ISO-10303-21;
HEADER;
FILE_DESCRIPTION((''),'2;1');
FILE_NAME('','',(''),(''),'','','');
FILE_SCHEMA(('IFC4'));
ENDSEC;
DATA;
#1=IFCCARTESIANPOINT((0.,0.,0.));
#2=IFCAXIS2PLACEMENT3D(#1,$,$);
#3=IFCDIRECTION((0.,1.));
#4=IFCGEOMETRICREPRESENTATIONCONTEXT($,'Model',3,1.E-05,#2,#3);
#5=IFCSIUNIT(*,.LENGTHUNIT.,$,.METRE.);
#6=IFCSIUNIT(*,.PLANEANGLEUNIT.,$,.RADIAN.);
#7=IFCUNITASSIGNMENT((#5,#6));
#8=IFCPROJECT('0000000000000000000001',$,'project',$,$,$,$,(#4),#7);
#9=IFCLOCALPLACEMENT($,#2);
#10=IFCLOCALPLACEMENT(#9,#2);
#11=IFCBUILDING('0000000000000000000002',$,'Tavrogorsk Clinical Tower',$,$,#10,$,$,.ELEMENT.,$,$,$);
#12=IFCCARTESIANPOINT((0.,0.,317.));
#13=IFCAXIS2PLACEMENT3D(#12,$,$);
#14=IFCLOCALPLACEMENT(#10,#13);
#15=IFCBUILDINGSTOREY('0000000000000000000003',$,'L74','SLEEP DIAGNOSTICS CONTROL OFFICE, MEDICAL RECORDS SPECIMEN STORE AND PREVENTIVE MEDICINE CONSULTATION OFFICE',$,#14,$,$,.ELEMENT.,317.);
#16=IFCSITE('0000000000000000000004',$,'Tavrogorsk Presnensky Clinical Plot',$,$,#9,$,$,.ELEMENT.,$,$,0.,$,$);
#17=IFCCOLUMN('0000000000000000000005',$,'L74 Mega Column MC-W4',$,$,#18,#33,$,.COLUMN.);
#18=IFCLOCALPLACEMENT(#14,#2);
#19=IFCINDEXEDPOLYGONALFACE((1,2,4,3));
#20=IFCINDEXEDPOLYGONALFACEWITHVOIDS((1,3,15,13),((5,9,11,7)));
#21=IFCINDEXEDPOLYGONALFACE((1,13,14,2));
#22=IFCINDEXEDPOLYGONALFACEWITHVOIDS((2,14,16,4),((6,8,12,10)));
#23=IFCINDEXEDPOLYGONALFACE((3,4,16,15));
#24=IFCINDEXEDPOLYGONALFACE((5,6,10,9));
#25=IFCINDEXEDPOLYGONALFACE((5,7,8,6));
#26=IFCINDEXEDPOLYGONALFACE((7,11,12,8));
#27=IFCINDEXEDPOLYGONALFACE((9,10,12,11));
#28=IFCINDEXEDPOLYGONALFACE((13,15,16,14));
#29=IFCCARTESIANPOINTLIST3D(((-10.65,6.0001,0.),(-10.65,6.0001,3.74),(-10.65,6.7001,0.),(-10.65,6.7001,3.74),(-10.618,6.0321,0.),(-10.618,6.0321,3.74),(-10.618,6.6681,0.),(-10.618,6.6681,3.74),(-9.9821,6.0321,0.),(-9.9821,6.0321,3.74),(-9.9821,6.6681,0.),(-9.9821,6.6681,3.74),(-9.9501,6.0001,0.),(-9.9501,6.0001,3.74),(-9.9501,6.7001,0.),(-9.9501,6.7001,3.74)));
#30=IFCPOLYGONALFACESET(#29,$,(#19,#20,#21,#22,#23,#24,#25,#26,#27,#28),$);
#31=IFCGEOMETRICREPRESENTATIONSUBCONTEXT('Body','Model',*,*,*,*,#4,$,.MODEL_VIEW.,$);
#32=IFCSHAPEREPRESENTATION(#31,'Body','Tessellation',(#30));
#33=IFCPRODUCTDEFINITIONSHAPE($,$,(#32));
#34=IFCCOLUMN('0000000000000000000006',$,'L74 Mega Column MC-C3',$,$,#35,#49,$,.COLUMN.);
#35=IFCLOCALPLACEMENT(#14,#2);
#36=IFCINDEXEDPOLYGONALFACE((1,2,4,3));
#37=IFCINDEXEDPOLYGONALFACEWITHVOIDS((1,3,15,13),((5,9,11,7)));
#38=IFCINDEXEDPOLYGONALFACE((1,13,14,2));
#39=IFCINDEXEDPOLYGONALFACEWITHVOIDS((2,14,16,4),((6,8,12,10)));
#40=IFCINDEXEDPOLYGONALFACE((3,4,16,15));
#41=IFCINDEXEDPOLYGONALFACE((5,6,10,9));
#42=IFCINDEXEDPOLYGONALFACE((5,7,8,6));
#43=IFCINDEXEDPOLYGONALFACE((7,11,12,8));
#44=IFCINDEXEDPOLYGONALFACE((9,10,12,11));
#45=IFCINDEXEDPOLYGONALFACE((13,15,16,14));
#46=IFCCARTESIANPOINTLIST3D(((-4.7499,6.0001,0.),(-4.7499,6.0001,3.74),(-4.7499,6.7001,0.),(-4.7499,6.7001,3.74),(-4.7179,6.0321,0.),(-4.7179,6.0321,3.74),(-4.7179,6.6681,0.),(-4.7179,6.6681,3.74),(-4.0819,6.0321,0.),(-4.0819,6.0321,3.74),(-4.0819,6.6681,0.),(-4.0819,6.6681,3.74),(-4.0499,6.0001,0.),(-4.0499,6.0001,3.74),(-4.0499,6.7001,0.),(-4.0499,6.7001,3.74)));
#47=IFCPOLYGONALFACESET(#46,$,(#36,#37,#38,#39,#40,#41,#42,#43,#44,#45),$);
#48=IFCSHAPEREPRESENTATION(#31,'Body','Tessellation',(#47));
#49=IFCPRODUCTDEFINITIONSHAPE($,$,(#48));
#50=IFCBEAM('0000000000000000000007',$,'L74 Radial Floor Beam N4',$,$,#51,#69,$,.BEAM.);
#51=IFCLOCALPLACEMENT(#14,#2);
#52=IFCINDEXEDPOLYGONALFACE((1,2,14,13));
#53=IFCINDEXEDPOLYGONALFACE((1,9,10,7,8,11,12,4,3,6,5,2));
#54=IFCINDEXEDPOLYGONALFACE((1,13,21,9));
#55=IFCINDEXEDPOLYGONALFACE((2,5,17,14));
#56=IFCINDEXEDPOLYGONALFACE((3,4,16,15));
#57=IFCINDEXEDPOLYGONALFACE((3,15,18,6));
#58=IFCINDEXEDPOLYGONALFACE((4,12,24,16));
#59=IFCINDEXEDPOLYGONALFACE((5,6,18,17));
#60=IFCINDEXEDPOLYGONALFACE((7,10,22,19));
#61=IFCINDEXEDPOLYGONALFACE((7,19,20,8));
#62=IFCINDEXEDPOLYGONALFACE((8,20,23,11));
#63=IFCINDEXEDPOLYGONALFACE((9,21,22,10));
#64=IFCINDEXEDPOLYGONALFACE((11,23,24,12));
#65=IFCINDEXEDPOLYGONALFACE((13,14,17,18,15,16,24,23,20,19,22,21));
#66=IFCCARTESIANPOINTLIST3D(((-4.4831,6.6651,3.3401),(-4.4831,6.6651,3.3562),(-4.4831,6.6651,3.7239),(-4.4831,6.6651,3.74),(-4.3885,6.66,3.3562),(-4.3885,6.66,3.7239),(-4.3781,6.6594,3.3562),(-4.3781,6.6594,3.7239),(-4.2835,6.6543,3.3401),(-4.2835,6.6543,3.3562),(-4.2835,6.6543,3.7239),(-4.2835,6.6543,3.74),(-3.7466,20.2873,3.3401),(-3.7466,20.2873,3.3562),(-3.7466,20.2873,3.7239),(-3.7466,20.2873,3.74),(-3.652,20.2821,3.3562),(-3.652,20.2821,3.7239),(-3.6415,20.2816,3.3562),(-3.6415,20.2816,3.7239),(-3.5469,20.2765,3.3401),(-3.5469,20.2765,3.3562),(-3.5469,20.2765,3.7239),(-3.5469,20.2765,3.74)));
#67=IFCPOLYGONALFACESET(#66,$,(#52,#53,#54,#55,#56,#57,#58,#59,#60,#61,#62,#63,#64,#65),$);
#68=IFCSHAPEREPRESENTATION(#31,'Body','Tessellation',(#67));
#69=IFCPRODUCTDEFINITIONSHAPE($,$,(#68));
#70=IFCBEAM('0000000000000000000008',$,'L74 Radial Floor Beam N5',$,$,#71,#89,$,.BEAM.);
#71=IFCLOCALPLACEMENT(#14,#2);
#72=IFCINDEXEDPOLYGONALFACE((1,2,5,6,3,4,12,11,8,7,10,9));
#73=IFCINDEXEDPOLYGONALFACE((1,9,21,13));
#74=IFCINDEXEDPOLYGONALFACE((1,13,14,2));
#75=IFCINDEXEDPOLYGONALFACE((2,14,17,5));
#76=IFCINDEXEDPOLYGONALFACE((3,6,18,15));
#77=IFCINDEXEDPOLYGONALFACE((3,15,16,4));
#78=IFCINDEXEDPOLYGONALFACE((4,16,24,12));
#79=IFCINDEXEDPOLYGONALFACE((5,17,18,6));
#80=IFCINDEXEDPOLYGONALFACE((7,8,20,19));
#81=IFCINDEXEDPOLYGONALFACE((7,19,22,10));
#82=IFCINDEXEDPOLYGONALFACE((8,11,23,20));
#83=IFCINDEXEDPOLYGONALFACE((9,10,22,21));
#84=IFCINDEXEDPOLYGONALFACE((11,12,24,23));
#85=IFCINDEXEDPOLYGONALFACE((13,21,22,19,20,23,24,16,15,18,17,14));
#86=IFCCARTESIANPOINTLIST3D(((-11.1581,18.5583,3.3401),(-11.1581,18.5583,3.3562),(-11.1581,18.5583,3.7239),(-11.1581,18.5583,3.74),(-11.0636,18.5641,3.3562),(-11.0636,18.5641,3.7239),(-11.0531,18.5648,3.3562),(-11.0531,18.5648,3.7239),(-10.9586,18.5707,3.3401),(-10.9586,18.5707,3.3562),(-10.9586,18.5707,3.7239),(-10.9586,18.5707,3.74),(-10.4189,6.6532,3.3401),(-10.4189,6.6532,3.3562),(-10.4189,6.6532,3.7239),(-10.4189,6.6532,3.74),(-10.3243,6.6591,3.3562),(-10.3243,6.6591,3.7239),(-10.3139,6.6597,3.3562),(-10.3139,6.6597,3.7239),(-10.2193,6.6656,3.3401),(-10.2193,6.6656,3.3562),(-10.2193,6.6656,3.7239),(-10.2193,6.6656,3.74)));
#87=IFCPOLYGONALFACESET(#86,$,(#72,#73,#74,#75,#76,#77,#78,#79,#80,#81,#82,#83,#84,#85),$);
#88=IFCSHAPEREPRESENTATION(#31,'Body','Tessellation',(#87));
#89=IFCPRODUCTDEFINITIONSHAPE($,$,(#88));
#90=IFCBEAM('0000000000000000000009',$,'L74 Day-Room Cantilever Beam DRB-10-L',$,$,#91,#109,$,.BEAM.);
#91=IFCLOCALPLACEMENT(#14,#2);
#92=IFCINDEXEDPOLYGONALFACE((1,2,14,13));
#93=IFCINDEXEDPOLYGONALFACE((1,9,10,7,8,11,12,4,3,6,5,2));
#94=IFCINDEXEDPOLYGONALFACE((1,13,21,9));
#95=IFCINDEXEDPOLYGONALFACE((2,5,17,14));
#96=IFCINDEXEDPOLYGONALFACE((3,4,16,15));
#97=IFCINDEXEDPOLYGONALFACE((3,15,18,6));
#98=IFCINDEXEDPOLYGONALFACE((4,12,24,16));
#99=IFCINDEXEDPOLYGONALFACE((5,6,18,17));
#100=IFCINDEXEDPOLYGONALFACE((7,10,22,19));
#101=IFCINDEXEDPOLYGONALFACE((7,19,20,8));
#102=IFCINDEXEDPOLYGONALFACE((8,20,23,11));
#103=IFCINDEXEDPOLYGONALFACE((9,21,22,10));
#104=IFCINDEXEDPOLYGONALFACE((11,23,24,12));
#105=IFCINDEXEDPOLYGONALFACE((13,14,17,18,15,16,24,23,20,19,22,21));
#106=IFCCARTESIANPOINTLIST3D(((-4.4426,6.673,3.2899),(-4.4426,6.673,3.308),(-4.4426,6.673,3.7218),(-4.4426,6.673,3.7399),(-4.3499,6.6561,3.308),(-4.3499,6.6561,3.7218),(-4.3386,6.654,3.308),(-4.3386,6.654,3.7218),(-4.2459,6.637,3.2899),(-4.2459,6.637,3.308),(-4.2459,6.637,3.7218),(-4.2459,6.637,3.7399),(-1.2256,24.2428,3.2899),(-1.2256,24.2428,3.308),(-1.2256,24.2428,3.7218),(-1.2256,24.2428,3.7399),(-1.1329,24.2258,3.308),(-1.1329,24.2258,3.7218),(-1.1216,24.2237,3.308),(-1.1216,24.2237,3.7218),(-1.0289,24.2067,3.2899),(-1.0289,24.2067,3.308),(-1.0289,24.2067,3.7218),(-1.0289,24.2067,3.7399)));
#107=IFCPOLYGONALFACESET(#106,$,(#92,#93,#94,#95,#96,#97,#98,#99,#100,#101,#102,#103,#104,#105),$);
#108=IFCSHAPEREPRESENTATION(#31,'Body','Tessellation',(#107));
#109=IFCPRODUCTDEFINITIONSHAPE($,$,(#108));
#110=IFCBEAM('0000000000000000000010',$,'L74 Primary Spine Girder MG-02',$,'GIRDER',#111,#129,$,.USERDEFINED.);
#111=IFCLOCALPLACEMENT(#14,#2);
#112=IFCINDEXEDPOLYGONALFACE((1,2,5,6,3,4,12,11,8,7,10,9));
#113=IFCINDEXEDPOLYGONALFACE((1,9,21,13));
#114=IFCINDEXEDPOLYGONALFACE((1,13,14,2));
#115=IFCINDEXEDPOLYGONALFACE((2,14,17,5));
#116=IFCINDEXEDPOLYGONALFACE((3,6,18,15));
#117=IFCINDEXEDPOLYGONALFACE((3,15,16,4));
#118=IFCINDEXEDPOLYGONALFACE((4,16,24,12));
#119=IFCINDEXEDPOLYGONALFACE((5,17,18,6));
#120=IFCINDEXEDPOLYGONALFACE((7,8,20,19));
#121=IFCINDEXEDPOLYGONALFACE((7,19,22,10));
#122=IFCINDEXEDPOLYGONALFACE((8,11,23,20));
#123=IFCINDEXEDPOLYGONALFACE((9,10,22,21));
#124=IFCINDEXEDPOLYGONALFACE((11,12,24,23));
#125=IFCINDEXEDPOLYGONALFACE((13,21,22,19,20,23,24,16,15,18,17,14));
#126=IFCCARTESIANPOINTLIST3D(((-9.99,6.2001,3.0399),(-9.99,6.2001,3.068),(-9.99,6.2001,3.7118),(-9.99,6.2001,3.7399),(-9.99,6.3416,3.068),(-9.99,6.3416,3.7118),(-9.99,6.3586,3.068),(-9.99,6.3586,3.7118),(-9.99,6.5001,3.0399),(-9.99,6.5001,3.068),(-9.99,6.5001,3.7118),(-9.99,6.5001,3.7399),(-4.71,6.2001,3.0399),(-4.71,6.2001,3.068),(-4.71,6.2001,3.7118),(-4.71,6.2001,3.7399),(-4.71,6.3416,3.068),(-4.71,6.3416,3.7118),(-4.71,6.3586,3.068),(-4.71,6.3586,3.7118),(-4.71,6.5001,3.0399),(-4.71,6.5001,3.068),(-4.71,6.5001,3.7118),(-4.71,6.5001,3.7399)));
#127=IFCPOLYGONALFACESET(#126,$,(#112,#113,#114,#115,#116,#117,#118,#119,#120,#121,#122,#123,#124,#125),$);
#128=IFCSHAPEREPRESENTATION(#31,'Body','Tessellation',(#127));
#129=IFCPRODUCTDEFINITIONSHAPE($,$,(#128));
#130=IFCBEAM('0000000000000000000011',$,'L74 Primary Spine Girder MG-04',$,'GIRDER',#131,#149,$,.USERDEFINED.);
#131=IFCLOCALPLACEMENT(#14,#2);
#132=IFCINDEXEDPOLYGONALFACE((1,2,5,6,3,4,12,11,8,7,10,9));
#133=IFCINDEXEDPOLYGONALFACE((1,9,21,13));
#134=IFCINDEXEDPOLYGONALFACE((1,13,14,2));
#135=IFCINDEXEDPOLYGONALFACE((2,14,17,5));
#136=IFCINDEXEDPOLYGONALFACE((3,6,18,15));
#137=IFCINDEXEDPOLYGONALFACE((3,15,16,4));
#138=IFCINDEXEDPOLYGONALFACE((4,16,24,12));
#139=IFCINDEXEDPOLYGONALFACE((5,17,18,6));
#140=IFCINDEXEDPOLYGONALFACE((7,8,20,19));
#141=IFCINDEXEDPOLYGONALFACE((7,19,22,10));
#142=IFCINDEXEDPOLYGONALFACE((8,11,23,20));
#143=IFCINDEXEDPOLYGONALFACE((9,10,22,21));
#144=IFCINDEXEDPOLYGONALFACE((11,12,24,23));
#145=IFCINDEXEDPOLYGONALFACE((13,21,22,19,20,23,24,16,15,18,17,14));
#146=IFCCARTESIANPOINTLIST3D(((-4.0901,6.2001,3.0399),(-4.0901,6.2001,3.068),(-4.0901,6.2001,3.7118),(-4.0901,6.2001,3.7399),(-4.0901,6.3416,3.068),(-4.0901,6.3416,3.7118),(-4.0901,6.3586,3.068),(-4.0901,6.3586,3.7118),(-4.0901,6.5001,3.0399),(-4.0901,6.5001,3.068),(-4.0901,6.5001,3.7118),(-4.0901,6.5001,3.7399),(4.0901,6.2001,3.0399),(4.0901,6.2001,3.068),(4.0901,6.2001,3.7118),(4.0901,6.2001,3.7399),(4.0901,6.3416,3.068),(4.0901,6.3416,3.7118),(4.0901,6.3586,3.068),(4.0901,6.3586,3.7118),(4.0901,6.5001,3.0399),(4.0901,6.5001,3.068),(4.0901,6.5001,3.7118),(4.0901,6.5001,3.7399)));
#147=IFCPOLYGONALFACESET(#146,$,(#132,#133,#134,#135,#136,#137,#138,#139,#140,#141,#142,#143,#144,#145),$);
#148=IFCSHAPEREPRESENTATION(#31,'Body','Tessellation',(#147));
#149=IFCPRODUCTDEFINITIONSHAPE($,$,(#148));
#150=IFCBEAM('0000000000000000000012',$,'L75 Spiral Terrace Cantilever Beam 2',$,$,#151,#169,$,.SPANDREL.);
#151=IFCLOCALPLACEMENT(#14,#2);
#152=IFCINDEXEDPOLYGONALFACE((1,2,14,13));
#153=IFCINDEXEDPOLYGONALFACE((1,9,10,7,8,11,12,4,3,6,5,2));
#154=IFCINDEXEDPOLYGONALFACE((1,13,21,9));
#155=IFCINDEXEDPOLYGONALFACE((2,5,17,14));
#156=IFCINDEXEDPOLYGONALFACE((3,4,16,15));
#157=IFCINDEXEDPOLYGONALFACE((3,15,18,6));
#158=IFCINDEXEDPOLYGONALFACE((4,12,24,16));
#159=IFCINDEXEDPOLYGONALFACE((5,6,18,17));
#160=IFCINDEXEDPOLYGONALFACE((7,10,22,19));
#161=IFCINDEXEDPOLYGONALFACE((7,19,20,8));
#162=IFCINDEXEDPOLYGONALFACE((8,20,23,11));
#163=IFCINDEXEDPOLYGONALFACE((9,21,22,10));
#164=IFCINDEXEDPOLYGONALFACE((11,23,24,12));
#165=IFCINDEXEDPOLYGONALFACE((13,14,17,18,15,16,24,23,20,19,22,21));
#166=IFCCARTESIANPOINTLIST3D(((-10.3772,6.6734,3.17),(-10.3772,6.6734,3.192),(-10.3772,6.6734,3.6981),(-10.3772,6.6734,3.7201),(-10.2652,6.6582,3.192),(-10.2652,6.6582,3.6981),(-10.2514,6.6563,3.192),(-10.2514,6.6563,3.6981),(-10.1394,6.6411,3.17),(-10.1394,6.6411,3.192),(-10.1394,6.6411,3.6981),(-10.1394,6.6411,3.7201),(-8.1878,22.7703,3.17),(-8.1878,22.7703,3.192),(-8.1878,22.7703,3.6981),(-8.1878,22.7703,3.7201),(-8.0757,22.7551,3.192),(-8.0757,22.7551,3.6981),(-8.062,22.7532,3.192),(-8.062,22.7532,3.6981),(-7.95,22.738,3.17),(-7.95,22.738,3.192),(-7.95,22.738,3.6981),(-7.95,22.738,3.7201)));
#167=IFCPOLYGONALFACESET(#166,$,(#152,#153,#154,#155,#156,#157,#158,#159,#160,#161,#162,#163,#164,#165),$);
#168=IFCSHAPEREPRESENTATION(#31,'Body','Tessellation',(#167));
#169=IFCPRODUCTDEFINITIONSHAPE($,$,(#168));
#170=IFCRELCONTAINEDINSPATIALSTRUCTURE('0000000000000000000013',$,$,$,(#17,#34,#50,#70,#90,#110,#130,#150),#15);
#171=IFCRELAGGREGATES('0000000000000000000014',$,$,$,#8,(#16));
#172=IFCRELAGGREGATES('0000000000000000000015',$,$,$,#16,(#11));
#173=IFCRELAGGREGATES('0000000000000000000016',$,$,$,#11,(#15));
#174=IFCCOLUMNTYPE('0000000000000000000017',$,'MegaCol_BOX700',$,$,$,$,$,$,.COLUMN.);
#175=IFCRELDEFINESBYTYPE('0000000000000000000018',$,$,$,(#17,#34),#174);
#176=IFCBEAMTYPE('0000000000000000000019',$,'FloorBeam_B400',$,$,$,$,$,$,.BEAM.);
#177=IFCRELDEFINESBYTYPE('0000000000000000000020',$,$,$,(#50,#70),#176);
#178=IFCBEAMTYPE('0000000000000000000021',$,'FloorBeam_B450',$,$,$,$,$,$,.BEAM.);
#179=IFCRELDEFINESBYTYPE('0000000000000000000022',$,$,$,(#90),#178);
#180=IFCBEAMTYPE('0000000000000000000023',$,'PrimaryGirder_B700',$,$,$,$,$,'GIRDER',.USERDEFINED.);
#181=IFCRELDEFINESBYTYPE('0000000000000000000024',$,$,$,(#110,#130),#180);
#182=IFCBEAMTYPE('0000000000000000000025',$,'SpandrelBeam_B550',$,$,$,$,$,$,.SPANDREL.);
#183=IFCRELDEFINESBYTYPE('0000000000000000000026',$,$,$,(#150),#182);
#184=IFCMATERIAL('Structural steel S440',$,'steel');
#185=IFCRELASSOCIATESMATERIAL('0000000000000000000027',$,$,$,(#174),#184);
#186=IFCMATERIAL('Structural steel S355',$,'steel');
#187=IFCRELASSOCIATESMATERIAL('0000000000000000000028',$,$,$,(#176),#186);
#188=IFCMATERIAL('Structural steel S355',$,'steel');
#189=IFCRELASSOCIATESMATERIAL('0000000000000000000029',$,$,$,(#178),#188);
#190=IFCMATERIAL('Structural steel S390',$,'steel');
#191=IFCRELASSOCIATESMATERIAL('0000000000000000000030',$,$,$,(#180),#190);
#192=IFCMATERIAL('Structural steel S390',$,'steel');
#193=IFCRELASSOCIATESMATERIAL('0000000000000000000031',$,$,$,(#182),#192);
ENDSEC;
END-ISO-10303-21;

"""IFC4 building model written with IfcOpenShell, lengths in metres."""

from ifc_helpers import new_model, si_unit, direction, frame, origin, origin_2d, place, context, subcontext, project, spatial, hollow_rectangle, i_section, extrude, material, material_profile, profile_set, type_object, element, save


model = new_model("IFC4")

# Units and contexts
model_context = context("Model", 3, precision=1e-05, world=origin(), true_north=direction((0.0, 1.0)))
body_context = subcontext(model_context, "Body", "Model", "MODEL_VIEW")
ifc_project = project(units=[si_unit("LENGTHUNIT", "METRE"), si_unit("PLANEANGLEUNIT", "RADIAN")], contexts=[model_context])

# Site, building, storey
site_placement = place(None, origin())
site = spatial("IfcSite", under=ifc_project, at=site_placement, Name="Tavrogorsk Presnensky Clinical Plot", CompositionType="ELEMENT", RefElevation=0.0)
building_placement = place(site_placement, origin())
building = spatial("IfcBuilding", under=site, at=building_placement, Name="Tavrogorsk Clinical Tower", CompositionType="ELEMENT")
storey_placement = place(building_placement, frame((0.0, 0.0, 317.0)))
storey = spatial("IfcBuildingStorey", under=building, at=storey_placement, Name="L74", Description="SLEEP DIAGNOSTICS CONTROL OFFICE, MEDICAL RECORDS SPECIMEN STORE AND PREVENTIVE MEDICINE CONSULTATION OFFICE", CompositionType="ELEMENT", Elevation=317.0)

# Columns
ifc_material_1 = material(Name="Structural steel S440", Category="steel")
ifc_material_profile_1 = material_profile(ifc_material_1, hollow_rectangle(XDim=0.7, YDim=0.7, WallThickness=0.032, at=origin_2d()), Name="BOX-700x700x32")
ifc_profile_set_1 = profile_set([ifc_material_profile_1], Name="Structural steel S440")
column_type = type_object("IfcColumnType", Name="MegaCol_BOX700", PredefinedType="COLUMN", material=ifc_profile_set_1)
for number, where, z_axis, x_axis, name in (
    (1, (-10.3, 6.3501, 0.0), (0.0, 0.0, 1.0), (1.0, 0.0, 0.0), "L74 Mega Column MC-W4"),
    (2, (-4.3999, 6.3501, 0.0), (0.0, 0.0, 1.0), (1.0, 0.0, 0.0), "L74 Mega Column MC-C3"),
):
    element("IfcColumn", number, at=place(storey_placement, frame(where, z_axis=z_axis, x_axis=x_axis)), inside=storey, type_object=column_type, Name=name, PredefinedType="COLUMN", context=body_context, shape_type="SweptSolid", body=[
        extrude(hollow_rectangle(XDim=0.7, YDim=0.7, WallThickness=0.032, at=origin_2d()), origin(), (0.0, 0.0, 1.0), 3.74),
    ])

# Beams
ifc_material_2 = material(Name="Structural steel S355", Category="steel")
ifc_material_profile_2 = material_profile(ifc_material_2, i_section(OverallWidth=0.2, OverallDepth=0.3999, WebThickness=0.0105, FlangeThickness=0.0161, at=origin_2d()), Name="B-400x200x10.5x16")
ifc_profile_set_2 = profile_set([ifc_material_profile_2], Name="Structural steel S355")
beam_type_1 = type_object("IfcBeamType", Name="FloorBeam_B400", PredefinedType="BEAM", material=ifc_profile_set_2)
beam_1_placement = place(storey_placement, frame((-4.3833, 6.6597, 3.54), z_axis=(0.053993, 0.998541, 0.0), x_axis=(-0.998541, 0.053993, 0.0)))
element("IfcBeam", 3, at=beam_1_placement, inside=storey, type_object=beam_type_1, Name="L74 Radial Floor Beam N4", PredefinedType="BEAM", context=body_context, shape_type="SweptSolid", body=[
    extrude(i_section(OverallWidth=0.2, OverallDepth=0.3999, WebThickness=0.0105, FlangeThickness=0.0161, at=origin_2d()), origin(), (0.0, 0.0, 1.0), 13.6421),
])
beam_2_placement = place(storey_placement, frame((-10.3191, 6.6594, 3.54), z_axis=(-0.061977, 0.998078, 0.0), x_axis=(-0.998078, -0.061977, 0.0)))
element("IfcBeam", 4, at=beam_2_placement, inside=storey, type_object=beam_type_1, Name="L74 Radial Floor Beam N5", PredefinedType="BEAM", context=body_context, shape_type="SweptSolid", body=[
    extrude(i_section(OverallWidth=0.2, OverallDepth=0.3999, WebThickness=0.0105, FlangeThickness=0.0161, at=origin_2d()), origin(), (0.0, 0.0, 1.0), 11.928),
])
ifc_material_3 = material(Name="Structural steel S355", Category="steel")
ifc_material_profile_3 = material_profile(ifc_material_3, i_section(OverallWidth=0.2, OverallDepth=0.45, WebThickness=0.0115, FlangeThickness=0.0181, at=origin_2d()), Name="B-450x200x11.5x18")
ifc_profile_set_3 = profile_set([ifc_material_profile_3], Name="Structural steel S355")
beam_type_2 = type_object("IfcBeamType", Name="FloorBeam_B450", PredefinedType="BEAM", material=ifc_profile_set_3)
beam_3_placement = place(storey_placement, frame((-4.3442, 6.655, 3.5149), z_axis=(0.180106, 0.983647, 0.0), x_axis=(-0.983647, 0.180106, 0.0)))
element("IfcBeam", 5, at=beam_3_placement, inside=storey, type_object=beam_type_2, Name="L74 Day-Room Cantilever Beam DRB-10-L", PredefinedType="BEAM", context=body_context, shape_type="SweptSolid", body=[
    extrude(i_section(OverallWidth=0.2, OverallDepth=0.45, WebThickness=0.0115, FlangeThickness=0.0181, at=origin_2d()), origin(), (0.0, 0.0, 1.0), 17.8618),
])
ifc_material_4 = material(Name="Structural steel S390", Category="steel")
ifc_material_profile_4 = material_profile(ifc_material_4, i_section(OverallWidth=0.3, OverallDepth=0.7, WebThickness=0.0171, FlangeThickness=0.0281, at=origin_2d()), Name="B-700x300x17x28")
ifc_profile_set_4 = profile_set([ifc_material_profile_4], Name="Structural steel S390")
beam_type_3 = type_object("IfcBeamType", Name="PrimaryGirder_B700", ElementType="GIRDER", PredefinedType="USERDEFINED", material=ifc_profile_set_4)
beam_4_placement = place(storey_placement, frame((-9.99, 6.3501, 3.3899), z_axis=(1.0, 0.0, 0.0), x_axis=(0.0, 1.0, 0.0)))
element("IfcBeam", 6, at=beam_4_placement, inside=storey, type_object=beam_type_3, Name="L74 Primary Spine Girder MG-02", ObjectType="GIRDER", PredefinedType="USERDEFINED", context=body_context, shape_type="SweptSolid", body=[
    extrude(i_section(OverallWidth=0.3, OverallDepth=0.7, WebThickness=0.0171, FlangeThickness=0.0281, at=origin_2d()), origin(), (0.0, 0.0, 1.0), 5.28),
])
beam_5_placement = place(storey_placement, frame((-4.0901, 6.3501, 3.3899), z_axis=(1.0, 0.0, 0.0), x_axis=(0.0, 1.0, 0.0)))
element("IfcBeam", 7, at=beam_5_placement, inside=storey, type_object=beam_type_3, Name="L74 Primary Spine Girder MG-04", ObjectType="GIRDER", PredefinedType="USERDEFINED", context=body_context, shape_type="SweptSolid", body=[
    extrude(i_section(OverallWidth=0.3, OverallDepth=0.7, WebThickness=0.0171, FlangeThickness=0.0281, at=origin_2d()), origin(), (0.0, 0.0, 1.0), 8.1802),
])
ifc_material_5 = material(Name="Structural steel S390", Category="steel")
ifc_material_profile_5 = material_profile(ifc_material_5, i_section(OverallWidth=0.24, OverallDepth=0.55, WebThickness=0.0139, FlangeThickness=0.022, at=origin_2d()), Name="B-550x240x14x22")
ifc_profile_set_5 = profile_set([ifc_material_profile_5], Name="Structural steel S390")
beam_type_4 = type_object("IfcBeamType", Name="SpandrelBeam_B550", PredefinedType="SPANDREL", material=ifc_profile_set_5)
beam_6_placement = place(storey_placement, frame((-10.2583, 6.6572, 3.4451), z_axis=(0.134776, 0.990876, 0.0), x_axis=(-0.990876, 0.134776, 0.0)))
element("IfcBeam", 8, at=beam_6_placement, inside=storey, type_object=beam_type_4, Name="L75 Spiral Terrace Cantilever Beam 2", PredefinedType="SPANDREL", context=body_context, shape_type="SweptSolid", body=[
    extrude(i_section(OverallWidth=0.24, OverallDepth=0.55, WebThickness=0.0139, FlangeThickness=0.022, at=origin_2d()), origin(), (0.0, 0.0, 1.0), 16.2451),
])

save(model, "model.ifc")
